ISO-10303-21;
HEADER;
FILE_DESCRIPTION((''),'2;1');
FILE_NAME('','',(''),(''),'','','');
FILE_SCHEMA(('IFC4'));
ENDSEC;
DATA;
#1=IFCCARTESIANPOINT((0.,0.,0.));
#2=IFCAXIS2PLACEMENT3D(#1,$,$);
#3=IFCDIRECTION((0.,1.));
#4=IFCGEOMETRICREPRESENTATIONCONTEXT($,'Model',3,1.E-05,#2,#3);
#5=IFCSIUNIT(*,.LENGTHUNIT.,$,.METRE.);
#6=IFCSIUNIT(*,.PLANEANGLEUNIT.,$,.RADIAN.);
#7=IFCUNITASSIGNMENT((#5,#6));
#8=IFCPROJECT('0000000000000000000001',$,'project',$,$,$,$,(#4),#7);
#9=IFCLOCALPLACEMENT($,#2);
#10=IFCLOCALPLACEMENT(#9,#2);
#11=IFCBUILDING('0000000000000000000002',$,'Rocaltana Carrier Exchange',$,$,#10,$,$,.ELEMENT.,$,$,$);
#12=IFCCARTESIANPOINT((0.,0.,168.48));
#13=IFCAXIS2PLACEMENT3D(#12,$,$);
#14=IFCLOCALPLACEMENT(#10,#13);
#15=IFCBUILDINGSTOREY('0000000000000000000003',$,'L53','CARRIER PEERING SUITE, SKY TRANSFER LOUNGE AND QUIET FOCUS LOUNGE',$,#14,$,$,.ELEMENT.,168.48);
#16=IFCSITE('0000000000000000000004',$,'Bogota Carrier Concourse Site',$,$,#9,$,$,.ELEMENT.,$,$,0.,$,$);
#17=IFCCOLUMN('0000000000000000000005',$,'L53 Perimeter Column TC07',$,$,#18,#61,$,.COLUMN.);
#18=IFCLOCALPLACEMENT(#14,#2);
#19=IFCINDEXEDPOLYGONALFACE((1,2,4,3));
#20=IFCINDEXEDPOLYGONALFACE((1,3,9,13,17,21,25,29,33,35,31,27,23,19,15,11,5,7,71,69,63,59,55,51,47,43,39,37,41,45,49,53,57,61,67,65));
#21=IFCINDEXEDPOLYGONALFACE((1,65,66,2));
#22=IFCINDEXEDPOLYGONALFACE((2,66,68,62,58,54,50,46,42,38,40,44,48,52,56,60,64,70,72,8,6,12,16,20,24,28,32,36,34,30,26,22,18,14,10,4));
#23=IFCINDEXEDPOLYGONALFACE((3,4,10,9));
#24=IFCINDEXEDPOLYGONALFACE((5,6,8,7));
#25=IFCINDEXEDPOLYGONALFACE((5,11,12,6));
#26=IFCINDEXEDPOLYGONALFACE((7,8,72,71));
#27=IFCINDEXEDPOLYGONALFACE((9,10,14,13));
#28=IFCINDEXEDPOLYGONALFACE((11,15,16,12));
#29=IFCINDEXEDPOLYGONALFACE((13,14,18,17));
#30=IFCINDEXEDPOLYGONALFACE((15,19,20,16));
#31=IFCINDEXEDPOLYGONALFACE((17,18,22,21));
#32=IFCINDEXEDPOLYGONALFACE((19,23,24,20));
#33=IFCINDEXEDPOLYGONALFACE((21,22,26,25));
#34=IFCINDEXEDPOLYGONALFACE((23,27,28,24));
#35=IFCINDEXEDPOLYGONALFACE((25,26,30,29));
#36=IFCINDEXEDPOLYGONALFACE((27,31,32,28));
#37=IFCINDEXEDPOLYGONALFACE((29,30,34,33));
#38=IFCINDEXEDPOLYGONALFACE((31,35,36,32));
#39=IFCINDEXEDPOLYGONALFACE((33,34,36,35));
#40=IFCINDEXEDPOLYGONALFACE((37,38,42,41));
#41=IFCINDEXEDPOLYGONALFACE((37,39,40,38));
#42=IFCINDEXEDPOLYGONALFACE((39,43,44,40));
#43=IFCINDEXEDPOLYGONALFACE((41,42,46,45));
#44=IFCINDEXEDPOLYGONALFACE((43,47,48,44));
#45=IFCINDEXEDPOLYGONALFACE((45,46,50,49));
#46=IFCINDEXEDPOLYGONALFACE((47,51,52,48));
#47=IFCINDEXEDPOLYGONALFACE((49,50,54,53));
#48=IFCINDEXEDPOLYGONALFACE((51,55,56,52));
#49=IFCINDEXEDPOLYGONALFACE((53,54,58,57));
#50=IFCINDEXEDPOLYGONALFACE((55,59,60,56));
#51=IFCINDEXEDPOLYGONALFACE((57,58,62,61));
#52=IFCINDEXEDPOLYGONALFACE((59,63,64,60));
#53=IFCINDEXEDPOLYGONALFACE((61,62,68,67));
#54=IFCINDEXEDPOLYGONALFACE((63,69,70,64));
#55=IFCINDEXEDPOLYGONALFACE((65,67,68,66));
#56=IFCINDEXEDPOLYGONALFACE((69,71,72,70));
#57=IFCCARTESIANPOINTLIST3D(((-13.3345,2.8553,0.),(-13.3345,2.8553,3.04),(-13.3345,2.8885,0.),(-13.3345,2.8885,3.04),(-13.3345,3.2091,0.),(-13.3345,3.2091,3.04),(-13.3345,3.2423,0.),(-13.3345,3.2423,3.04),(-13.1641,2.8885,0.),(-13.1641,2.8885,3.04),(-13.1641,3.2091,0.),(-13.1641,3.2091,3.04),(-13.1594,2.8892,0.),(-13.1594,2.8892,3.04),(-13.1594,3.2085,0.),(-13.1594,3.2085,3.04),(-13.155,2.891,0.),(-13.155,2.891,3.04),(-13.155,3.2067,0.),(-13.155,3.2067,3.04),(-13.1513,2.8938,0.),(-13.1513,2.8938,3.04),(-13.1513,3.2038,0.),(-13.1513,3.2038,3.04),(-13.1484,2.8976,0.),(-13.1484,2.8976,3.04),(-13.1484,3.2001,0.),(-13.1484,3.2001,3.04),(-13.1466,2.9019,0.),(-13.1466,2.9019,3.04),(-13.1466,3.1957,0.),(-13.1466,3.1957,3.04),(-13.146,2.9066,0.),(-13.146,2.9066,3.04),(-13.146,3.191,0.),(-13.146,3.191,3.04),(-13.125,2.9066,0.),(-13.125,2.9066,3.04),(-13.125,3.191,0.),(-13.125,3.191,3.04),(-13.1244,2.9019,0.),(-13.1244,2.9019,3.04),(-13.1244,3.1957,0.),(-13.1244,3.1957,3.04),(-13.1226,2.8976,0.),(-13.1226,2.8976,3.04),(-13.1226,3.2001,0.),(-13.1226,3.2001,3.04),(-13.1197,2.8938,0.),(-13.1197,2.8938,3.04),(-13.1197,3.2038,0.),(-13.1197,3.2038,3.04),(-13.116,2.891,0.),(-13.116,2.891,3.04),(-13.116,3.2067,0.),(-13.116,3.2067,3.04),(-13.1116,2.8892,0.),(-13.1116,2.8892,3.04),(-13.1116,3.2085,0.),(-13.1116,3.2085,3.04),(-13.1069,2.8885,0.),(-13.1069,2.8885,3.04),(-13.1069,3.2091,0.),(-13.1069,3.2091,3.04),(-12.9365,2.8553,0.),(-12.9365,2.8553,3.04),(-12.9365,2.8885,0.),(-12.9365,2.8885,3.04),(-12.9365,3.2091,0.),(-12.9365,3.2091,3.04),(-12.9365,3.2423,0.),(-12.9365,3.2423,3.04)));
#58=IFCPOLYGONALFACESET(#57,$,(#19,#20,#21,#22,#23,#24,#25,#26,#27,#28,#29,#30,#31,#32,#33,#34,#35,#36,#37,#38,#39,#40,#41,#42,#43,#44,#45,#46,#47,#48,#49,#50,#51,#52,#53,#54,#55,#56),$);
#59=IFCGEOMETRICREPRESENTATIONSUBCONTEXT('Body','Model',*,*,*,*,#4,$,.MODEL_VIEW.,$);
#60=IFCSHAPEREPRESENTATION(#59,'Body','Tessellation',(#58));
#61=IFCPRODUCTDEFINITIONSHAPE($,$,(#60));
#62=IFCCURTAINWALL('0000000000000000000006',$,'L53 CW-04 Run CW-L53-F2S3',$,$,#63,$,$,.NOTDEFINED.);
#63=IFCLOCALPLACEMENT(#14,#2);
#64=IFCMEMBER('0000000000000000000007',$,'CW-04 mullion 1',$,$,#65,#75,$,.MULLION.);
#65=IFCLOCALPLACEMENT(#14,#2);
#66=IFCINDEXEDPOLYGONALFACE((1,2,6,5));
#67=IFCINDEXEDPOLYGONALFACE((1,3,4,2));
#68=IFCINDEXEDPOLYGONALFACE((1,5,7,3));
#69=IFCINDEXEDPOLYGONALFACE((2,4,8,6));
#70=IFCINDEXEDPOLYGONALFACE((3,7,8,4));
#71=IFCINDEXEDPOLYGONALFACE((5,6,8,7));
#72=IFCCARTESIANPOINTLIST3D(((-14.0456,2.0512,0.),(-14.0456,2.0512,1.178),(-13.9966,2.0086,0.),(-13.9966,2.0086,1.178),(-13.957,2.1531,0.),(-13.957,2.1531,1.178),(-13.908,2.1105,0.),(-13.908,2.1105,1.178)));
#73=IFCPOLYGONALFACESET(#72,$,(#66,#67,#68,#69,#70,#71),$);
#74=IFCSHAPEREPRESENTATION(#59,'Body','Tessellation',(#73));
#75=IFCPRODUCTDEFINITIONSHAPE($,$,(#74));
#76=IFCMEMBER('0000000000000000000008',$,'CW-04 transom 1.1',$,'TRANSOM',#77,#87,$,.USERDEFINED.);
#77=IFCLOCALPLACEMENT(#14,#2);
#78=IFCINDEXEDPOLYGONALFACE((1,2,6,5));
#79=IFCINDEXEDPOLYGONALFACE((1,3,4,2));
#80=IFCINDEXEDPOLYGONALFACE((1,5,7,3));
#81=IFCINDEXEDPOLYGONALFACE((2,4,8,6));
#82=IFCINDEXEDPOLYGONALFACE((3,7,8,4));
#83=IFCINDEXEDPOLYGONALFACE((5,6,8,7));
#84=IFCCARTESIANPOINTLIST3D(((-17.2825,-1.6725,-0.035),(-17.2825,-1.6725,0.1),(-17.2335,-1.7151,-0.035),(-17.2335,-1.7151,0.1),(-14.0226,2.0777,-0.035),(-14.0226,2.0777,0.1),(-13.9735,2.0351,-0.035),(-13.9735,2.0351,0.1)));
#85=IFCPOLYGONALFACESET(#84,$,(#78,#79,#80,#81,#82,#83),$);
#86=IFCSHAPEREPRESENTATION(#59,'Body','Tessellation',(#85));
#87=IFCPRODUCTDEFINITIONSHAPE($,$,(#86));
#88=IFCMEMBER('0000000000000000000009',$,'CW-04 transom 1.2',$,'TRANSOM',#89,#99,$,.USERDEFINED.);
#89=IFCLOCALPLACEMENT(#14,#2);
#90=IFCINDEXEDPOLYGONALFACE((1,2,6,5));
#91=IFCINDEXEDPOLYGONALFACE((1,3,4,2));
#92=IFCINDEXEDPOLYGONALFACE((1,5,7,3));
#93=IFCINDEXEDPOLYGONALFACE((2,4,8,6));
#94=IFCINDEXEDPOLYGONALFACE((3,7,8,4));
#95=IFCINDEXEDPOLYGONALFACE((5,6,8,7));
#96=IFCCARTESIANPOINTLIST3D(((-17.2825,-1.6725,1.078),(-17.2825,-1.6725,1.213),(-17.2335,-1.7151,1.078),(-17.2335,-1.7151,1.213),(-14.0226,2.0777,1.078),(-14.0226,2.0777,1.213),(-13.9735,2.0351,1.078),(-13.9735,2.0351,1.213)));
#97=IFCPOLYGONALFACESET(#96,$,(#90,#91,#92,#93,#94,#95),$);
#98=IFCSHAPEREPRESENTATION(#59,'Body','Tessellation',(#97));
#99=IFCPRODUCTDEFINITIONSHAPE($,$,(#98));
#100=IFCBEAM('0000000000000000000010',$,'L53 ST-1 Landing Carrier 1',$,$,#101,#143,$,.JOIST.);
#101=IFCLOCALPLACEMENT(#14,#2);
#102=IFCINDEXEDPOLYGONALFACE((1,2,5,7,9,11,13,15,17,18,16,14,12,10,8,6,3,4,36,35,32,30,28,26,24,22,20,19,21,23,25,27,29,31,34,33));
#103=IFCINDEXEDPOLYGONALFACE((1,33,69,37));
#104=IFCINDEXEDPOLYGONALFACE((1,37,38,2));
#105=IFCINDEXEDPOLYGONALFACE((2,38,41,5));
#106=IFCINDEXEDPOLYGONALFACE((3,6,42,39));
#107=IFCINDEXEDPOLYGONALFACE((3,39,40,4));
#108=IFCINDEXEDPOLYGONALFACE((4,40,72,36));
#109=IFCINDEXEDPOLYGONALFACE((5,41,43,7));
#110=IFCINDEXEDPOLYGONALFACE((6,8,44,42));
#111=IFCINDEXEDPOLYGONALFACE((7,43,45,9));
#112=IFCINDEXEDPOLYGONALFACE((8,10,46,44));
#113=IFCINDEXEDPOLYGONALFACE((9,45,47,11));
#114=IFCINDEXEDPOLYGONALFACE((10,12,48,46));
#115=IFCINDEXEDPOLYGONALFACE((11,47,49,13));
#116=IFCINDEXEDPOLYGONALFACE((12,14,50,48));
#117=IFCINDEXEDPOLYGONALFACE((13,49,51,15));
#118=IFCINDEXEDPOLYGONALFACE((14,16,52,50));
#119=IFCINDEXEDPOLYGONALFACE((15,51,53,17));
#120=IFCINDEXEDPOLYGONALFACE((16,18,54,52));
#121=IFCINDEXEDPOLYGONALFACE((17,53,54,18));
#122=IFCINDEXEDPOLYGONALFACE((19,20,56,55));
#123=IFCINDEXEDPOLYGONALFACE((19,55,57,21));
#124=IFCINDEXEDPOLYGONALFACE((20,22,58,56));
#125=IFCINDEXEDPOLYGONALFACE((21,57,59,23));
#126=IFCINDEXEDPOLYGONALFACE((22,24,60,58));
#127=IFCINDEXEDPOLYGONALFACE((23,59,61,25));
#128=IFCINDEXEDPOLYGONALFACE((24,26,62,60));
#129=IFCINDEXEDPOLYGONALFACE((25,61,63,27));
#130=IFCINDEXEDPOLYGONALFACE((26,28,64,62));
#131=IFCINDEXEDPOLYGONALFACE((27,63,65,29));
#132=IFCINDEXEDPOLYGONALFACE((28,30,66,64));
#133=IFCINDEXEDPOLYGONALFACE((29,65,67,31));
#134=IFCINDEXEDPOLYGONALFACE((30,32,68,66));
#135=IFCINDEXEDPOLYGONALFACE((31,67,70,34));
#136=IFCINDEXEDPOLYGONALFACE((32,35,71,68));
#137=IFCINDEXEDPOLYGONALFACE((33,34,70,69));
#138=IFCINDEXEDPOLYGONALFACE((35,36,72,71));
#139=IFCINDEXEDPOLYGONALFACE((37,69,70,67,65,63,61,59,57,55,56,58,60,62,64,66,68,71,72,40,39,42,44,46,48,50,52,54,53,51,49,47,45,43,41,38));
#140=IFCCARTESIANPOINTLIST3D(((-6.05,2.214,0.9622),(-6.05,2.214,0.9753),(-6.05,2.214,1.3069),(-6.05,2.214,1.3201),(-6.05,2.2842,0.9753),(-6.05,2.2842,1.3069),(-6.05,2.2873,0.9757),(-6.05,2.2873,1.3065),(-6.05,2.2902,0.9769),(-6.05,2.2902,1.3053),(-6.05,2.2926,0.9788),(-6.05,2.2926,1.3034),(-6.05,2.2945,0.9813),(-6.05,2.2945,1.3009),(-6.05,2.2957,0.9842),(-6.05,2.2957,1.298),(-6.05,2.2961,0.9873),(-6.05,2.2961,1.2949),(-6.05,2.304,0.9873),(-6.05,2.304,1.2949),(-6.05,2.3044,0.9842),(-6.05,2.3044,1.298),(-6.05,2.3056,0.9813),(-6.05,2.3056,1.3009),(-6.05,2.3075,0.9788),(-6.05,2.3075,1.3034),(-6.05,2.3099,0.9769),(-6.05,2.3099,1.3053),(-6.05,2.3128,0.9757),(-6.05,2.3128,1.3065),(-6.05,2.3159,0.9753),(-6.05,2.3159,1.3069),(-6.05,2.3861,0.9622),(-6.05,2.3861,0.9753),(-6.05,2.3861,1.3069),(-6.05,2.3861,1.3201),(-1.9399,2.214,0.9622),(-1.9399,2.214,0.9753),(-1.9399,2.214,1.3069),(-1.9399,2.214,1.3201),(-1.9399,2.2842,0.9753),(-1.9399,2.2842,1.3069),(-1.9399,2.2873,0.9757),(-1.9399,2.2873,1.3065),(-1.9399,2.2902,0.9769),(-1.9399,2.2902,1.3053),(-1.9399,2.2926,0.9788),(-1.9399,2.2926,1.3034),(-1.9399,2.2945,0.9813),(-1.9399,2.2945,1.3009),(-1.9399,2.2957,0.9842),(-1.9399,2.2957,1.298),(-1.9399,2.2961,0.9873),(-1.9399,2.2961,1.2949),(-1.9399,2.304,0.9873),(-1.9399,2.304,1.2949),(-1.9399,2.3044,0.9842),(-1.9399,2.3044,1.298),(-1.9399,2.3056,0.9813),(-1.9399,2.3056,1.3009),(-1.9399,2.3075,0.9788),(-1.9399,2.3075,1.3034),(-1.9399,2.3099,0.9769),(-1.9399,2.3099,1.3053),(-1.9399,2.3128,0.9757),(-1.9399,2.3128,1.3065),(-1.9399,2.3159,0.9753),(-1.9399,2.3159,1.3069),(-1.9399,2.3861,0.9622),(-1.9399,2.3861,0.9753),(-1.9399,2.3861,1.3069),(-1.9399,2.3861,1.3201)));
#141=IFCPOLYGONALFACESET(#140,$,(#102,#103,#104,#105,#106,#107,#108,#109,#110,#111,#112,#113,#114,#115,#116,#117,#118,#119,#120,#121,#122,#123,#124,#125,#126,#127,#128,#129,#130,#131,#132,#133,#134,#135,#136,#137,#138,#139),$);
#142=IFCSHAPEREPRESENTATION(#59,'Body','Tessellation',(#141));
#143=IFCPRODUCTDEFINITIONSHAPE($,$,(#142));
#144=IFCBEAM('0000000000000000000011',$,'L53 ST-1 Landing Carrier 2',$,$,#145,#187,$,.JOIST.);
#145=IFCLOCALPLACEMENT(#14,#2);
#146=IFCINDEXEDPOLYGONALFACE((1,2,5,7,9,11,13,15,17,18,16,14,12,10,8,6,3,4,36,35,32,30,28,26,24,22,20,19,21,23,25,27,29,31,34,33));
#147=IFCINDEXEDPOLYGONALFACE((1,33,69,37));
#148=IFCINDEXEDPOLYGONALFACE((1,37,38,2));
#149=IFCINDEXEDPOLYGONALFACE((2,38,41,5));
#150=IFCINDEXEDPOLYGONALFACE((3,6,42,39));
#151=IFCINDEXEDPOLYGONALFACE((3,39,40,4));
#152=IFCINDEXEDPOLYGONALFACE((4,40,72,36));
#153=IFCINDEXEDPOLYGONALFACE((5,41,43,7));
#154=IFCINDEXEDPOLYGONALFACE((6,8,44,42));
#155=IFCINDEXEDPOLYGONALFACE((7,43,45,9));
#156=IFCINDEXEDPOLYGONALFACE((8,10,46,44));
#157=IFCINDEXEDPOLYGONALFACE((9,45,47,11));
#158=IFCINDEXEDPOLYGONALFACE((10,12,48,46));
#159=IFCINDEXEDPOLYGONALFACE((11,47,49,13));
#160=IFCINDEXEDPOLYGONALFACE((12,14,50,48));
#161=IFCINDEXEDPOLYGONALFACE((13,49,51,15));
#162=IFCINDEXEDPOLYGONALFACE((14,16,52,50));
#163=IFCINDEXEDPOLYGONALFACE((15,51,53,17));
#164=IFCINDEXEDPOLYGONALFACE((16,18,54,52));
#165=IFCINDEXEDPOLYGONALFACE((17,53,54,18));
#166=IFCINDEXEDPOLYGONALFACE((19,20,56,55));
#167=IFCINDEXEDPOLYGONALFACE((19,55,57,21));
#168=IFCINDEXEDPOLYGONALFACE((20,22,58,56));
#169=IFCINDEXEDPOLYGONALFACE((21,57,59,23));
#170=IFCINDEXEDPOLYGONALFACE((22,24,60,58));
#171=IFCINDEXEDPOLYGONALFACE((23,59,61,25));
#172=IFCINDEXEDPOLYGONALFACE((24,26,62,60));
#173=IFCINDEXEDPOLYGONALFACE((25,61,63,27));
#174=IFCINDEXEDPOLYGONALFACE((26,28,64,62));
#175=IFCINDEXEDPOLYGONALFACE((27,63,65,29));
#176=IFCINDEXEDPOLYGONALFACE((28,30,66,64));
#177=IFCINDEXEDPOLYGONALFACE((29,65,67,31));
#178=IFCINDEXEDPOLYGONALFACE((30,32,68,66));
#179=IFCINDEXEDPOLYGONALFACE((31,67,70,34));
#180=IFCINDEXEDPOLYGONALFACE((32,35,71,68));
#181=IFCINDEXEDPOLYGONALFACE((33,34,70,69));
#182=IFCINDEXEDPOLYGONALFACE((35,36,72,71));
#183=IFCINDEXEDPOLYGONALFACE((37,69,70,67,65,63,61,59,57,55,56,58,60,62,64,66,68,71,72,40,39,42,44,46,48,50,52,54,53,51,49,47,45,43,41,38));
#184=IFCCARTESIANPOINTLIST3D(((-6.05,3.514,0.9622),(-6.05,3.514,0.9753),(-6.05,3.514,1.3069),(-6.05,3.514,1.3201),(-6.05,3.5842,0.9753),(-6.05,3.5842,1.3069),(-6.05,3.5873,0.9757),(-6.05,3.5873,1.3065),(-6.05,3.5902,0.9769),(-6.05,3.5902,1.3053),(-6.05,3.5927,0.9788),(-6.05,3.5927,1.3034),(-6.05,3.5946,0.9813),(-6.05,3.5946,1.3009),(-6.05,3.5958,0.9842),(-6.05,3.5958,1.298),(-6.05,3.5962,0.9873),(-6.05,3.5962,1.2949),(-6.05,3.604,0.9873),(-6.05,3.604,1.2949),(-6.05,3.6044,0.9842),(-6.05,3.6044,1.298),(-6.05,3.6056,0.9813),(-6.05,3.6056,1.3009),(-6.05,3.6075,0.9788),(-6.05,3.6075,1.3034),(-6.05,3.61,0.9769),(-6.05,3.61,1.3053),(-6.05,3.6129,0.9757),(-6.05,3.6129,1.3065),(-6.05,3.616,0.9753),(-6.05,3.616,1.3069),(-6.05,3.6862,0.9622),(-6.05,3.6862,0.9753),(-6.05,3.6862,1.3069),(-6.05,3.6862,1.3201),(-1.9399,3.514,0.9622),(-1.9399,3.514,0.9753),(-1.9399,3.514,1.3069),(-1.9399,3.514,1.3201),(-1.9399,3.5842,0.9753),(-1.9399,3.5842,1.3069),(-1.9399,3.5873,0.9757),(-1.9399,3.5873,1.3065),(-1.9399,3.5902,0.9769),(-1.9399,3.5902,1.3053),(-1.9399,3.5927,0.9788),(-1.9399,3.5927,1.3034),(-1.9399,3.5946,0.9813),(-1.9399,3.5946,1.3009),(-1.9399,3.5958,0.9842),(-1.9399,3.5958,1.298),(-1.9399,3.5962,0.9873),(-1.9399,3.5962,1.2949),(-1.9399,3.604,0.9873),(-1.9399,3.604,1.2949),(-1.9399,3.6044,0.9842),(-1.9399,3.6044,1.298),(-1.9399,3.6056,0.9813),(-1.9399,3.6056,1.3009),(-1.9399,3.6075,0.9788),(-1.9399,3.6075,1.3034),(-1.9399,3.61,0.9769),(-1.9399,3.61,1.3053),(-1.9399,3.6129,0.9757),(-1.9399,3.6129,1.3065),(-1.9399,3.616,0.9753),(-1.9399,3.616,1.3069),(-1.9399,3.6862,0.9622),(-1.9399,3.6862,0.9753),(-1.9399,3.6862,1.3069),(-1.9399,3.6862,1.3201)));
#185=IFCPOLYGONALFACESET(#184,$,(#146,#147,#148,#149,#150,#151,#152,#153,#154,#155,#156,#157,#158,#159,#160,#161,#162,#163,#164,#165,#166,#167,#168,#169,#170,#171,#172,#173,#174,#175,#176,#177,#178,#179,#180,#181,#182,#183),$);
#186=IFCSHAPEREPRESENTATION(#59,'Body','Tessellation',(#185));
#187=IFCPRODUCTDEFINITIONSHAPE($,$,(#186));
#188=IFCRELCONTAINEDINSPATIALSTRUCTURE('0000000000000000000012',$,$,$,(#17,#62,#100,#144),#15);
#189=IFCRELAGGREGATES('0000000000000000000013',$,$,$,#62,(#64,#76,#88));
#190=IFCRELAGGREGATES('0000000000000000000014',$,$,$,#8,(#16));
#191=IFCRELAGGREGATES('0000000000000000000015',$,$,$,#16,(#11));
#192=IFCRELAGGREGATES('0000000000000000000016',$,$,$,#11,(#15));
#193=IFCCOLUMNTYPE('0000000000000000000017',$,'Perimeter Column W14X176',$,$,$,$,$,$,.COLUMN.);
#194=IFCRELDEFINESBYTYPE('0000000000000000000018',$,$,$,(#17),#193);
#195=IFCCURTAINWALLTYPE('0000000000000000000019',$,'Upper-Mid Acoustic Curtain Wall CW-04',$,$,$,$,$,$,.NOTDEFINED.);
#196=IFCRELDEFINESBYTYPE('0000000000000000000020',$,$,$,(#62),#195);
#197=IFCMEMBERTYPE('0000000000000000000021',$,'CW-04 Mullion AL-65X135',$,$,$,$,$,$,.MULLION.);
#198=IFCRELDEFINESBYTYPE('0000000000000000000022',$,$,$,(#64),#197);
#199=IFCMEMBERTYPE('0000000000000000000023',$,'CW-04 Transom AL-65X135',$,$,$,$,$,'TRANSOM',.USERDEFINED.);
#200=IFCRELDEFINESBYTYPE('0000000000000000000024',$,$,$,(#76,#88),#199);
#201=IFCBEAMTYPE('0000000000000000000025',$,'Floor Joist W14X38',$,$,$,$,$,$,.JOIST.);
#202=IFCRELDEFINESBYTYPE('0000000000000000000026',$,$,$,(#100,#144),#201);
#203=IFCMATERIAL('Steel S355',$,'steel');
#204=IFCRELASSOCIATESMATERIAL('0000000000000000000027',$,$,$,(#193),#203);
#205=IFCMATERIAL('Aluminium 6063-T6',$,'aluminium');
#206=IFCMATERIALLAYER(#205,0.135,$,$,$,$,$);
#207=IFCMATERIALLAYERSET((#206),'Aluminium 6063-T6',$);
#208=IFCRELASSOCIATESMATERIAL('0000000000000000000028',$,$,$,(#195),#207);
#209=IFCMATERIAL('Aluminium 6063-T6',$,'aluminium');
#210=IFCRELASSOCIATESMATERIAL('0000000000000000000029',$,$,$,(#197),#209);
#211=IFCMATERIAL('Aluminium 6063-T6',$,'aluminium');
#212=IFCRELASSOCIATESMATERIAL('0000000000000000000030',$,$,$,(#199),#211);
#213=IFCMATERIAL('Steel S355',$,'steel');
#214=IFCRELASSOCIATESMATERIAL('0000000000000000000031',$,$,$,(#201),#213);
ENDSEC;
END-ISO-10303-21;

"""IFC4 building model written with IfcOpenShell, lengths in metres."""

from ifc_helpers import new_model, si_unit, direction, frame, origin, origin_2d, place, context, subcontext, project, spatial, rectangle, i_section, extrude, material, layer, layer_set, material_profile, profile_set, type_object, element, aggregate, save


model = new_model("IFC4")

# Units and contexts
model_context = context("Model", 3, precision=1e-05, world=origin(), true_north=direction((0.0, 1.0)))
body_context = subcontext(model_context, "Body", "Model", "MODEL_VIEW")
ifc_project = project(units=[si_unit("LENGTHUNIT", "METRE"), si_unit("PLANEANGLEUNIT", "RADIAN")], contexts=[model_context])

# Site, building, storey
site_placement = place(None, origin())
site = spatial("IfcSite", under=ifc_project, at=site_placement, Name="Bogota Carrier Concourse Site", CompositionType="ELEMENT", RefElevation=0.0)
building_placement = place(site_placement, origin())
building = spatial("IfcBuilding", under=site, at=building_placement, Name="Rocaltana Carrier Exchange", CompositionType="ELEMENT")
storey_placement = place(building_placement, frame((0.0, 0.0, 168.48)))
storey = spatial("IfcBuildingStorey", under=building, at=storey_placement, Name="L53", Description="CARRIER PEERING SUITE, SKY TRANSFER LOUNGE AND QUIET FOCUS LOUNGE", CompositionType="ELEMENT", Elevation=168.48)

# Column
ifc_material_1 = material(Name="Steel S355", Category="steel")
ifc_material_profile_1 = material_profile(ifc_material_1, i_section(OverallWidth=0.3979, OverallDepth=0.387, WebThickness=0.021, FlangeThickness=0.0332, FilletRadius=0.0181, at=origin_2d()), Name="W14X176")
ifc_profile_set_1 = profile_set([ifc_material_profile_1], Name="Steel S355")
column_type = type_object("IfcColumnType", Name="Perimeter Column W14X176", PredefinedType="COLUMN", material=ifc_profile_set_1)
column_placement = place(storey_placement, frame((-13.1355, 3.0488, 0.0), z_axis=(0.0, 0.0, 1.0), x_axis=(1.0, 0.0, 0.0)))
element("IfcColumn", 1, at=column_placement, inside=storey, type_object=column_type, Name="L53 Perimeter Column TC07", PredefinedType="COLUMN", context=body_context, shape_type="SweptSolid", body=[
    extrude(i_section(OverallWidth=0.3979, OverallDepth=0.387, WebThickness=0.021, FlangeThickness=0.0332, FilletRadius=0.0181, at=origin_2d()), origin(), (0.0, 0.0, 1.0), 3.04),
])

# Curtain wall, members
ifc_material_2 = material(Name="Aluminium 6063-T6", Category="aluminium")
ifc_layer_1 = layer(ifc_material_2, 0.135)
ifc_layer_set_1 = layer_set([ifc_layer_1], Name="Aluminium 6063-T6")
curtain_wall_type = type_object("IfcCurtainWallType", Name="Upper-Mid Acoustic Curtain Wall CW-04", PredefinedType="NOTDEFINED", material=ifc_layer_set_1)
curtain_wall_placement = place(storey_placement, origin())
curtain_wall = element("IfcCurtainWall", 2, at=curtain_wall_placement, inside=storey, type_object=curtain_wall_type, Name="L53 CW-04 Run CW-L53-F2S3", PredefinedType="NOTDEFINED")
ifc_material_3 = material(Name="Aluminium 6063-T6", Category="aluminium")
ifc_material_profile_2 = material_profile(ifc_material_3, rectangle(XDim=0.0649, YDim=0.135, at=origin_2d()), Name="AL-65X135")
ifc_profile_set_2 = profile_set([ifc_material_profile_2], Name="Aluminium 6063-T6")
member_type_1 = type_object("IfcMemberType", Name="CW-04 Mullion AL-65X135", PredefinedType="MULLION", material=ifc_profile_set_2)
member_1_placement = place(storey_placement, frame((-13.9768, 2.0808, 0.0), z_axis=(0.0, 0.0, 1.0), x_axis=(0.754712, -0.656057, 0.0)))
member_1 = element("IfcMember", 3, at=member_1_placement, type_object=member_type_1, Name="CW-04 mullion 1", PredefinedType="MULLION", context=body_context, shape_type="SweptSolid", body=[
    extrude(rectangle(XDim=0.0649, YDim=0.135, at=origin_2d()), origin(), (0.0, 0.0, 1.0), 1.178),
])
ifc_material_4 = material(Name="Aluminium 6063-T6", Category="aluminium")
ifc_material_profile_3 = material_profile(ifc_material_4, rectangle(XDim=0.0649, YDim=0.135, at=origin_2d()), Name="AL-65X135")
ifc_profile_set_3 = profile_set([ifc_material_profile_3], Name="Aluminium 6063-T6")
member_type_2 = type_object("IfcMemberType", Name="CW-04 Transom AL-65X135", ElementType="TRANSOM", PredefinedType="USERDEFINED", material=ifc_profile_set_3)
member_2_placement = place(storey_placement, frame((-13.998, 2.0564, 0.0325), z_axis=(-0.656056, -0.754712, 0.0), x_axis=(0.754712, -0.656056, 0.0)))
member_2 = element("IfcMember", 4, at=member_2_placement, type_object=member_type_2, Name="CW-04 transom 1.1", ObjectType="TRANSOM", PredefinedType="USERDEFINED", context=body_context, shape_type="SweptSolid", body=[
    extrude(rectangle(XDim=0.0649, YDim=0.135, at=origin_2d()), origin(), (0.0, 0.0, 1.0), 4.969),
])
member_3_placement = place(storey_placement, frame((-13.998, 2.0564, 1.1455), z_axis=(-0.656056, -0.754712, 0.0), x_axis=(0.754712, -0.656056, 0.0)))
member_3 = element("IfcMember", 5, at=member_3_placement, type_object=member_type_2, Name="CW-04 transom 1.2", ObjectType="TRANSOM", PredefinedType="USERDEFINED", context=body_context, shape_type="SweptSolid", body=[
    extrude(rectangle(XDim=0.0649, YDim=0.135, at=origin_2d()), origin(), (0.0, 0.0, 1.0), 4.969),
])

# Beams
ifc_material_5 = material(Name="Steel S355", Category="steel")
ifc_material_profile_4 = material_profile(ifc_material_5, i_section(OverallWidth=0.1721, OverallDepth=0.3579, WebThickness=0.0078, FlangeThickness=0.0132, FilletRadius=0.012, at=origin_2d()), Name="W14X38")
ifc_profile_set_4 = profile_set([ifc_material_profile_4], Name="Steel S355")
beam_type_1 = type_object("IfcBeamType", Name="Floor Joist W14X38", PredefinedType="JOIST", material=ifc_profile_set_4)
for number, where, z_axis, x_axis, name in (
    (6, (-6.05, 2.3, 1.1411), (1.0, 0.0, 0.0), (0.0, 1.0, 0.0), "L53 ST-1 Landing Carrier 1"),
    (7, (-6.05, 3.6001, 1.1411), (1.0, 0.0, 0.0), (0.0, 1.0, 0.0), "L53 ST-1 Landing Carrier 2"),
):
    element("IfcBeam", number, at=place(storey_placement, frame(where, z_axis=z_axis, x_axis=x_axis)), inside=storey, type_object=beam_type_1, Name=name, PredefinedType="JOIST", context=body_context, shape_type="SweptSolid", body=[
        extrude(i_section(OverallWidth=0.1721, OverallDepth=0.3579, WebThickness=0.0078, FlangeThickness=0.0132, FilletRadius=0.012, at=origin_2d()), origin(), (0.0, 0.0, 1.0), 4.1101),
    ])

aggregate(curtain_wall, [member_1, member_2, member_3])

save(model, "model.ifc")
